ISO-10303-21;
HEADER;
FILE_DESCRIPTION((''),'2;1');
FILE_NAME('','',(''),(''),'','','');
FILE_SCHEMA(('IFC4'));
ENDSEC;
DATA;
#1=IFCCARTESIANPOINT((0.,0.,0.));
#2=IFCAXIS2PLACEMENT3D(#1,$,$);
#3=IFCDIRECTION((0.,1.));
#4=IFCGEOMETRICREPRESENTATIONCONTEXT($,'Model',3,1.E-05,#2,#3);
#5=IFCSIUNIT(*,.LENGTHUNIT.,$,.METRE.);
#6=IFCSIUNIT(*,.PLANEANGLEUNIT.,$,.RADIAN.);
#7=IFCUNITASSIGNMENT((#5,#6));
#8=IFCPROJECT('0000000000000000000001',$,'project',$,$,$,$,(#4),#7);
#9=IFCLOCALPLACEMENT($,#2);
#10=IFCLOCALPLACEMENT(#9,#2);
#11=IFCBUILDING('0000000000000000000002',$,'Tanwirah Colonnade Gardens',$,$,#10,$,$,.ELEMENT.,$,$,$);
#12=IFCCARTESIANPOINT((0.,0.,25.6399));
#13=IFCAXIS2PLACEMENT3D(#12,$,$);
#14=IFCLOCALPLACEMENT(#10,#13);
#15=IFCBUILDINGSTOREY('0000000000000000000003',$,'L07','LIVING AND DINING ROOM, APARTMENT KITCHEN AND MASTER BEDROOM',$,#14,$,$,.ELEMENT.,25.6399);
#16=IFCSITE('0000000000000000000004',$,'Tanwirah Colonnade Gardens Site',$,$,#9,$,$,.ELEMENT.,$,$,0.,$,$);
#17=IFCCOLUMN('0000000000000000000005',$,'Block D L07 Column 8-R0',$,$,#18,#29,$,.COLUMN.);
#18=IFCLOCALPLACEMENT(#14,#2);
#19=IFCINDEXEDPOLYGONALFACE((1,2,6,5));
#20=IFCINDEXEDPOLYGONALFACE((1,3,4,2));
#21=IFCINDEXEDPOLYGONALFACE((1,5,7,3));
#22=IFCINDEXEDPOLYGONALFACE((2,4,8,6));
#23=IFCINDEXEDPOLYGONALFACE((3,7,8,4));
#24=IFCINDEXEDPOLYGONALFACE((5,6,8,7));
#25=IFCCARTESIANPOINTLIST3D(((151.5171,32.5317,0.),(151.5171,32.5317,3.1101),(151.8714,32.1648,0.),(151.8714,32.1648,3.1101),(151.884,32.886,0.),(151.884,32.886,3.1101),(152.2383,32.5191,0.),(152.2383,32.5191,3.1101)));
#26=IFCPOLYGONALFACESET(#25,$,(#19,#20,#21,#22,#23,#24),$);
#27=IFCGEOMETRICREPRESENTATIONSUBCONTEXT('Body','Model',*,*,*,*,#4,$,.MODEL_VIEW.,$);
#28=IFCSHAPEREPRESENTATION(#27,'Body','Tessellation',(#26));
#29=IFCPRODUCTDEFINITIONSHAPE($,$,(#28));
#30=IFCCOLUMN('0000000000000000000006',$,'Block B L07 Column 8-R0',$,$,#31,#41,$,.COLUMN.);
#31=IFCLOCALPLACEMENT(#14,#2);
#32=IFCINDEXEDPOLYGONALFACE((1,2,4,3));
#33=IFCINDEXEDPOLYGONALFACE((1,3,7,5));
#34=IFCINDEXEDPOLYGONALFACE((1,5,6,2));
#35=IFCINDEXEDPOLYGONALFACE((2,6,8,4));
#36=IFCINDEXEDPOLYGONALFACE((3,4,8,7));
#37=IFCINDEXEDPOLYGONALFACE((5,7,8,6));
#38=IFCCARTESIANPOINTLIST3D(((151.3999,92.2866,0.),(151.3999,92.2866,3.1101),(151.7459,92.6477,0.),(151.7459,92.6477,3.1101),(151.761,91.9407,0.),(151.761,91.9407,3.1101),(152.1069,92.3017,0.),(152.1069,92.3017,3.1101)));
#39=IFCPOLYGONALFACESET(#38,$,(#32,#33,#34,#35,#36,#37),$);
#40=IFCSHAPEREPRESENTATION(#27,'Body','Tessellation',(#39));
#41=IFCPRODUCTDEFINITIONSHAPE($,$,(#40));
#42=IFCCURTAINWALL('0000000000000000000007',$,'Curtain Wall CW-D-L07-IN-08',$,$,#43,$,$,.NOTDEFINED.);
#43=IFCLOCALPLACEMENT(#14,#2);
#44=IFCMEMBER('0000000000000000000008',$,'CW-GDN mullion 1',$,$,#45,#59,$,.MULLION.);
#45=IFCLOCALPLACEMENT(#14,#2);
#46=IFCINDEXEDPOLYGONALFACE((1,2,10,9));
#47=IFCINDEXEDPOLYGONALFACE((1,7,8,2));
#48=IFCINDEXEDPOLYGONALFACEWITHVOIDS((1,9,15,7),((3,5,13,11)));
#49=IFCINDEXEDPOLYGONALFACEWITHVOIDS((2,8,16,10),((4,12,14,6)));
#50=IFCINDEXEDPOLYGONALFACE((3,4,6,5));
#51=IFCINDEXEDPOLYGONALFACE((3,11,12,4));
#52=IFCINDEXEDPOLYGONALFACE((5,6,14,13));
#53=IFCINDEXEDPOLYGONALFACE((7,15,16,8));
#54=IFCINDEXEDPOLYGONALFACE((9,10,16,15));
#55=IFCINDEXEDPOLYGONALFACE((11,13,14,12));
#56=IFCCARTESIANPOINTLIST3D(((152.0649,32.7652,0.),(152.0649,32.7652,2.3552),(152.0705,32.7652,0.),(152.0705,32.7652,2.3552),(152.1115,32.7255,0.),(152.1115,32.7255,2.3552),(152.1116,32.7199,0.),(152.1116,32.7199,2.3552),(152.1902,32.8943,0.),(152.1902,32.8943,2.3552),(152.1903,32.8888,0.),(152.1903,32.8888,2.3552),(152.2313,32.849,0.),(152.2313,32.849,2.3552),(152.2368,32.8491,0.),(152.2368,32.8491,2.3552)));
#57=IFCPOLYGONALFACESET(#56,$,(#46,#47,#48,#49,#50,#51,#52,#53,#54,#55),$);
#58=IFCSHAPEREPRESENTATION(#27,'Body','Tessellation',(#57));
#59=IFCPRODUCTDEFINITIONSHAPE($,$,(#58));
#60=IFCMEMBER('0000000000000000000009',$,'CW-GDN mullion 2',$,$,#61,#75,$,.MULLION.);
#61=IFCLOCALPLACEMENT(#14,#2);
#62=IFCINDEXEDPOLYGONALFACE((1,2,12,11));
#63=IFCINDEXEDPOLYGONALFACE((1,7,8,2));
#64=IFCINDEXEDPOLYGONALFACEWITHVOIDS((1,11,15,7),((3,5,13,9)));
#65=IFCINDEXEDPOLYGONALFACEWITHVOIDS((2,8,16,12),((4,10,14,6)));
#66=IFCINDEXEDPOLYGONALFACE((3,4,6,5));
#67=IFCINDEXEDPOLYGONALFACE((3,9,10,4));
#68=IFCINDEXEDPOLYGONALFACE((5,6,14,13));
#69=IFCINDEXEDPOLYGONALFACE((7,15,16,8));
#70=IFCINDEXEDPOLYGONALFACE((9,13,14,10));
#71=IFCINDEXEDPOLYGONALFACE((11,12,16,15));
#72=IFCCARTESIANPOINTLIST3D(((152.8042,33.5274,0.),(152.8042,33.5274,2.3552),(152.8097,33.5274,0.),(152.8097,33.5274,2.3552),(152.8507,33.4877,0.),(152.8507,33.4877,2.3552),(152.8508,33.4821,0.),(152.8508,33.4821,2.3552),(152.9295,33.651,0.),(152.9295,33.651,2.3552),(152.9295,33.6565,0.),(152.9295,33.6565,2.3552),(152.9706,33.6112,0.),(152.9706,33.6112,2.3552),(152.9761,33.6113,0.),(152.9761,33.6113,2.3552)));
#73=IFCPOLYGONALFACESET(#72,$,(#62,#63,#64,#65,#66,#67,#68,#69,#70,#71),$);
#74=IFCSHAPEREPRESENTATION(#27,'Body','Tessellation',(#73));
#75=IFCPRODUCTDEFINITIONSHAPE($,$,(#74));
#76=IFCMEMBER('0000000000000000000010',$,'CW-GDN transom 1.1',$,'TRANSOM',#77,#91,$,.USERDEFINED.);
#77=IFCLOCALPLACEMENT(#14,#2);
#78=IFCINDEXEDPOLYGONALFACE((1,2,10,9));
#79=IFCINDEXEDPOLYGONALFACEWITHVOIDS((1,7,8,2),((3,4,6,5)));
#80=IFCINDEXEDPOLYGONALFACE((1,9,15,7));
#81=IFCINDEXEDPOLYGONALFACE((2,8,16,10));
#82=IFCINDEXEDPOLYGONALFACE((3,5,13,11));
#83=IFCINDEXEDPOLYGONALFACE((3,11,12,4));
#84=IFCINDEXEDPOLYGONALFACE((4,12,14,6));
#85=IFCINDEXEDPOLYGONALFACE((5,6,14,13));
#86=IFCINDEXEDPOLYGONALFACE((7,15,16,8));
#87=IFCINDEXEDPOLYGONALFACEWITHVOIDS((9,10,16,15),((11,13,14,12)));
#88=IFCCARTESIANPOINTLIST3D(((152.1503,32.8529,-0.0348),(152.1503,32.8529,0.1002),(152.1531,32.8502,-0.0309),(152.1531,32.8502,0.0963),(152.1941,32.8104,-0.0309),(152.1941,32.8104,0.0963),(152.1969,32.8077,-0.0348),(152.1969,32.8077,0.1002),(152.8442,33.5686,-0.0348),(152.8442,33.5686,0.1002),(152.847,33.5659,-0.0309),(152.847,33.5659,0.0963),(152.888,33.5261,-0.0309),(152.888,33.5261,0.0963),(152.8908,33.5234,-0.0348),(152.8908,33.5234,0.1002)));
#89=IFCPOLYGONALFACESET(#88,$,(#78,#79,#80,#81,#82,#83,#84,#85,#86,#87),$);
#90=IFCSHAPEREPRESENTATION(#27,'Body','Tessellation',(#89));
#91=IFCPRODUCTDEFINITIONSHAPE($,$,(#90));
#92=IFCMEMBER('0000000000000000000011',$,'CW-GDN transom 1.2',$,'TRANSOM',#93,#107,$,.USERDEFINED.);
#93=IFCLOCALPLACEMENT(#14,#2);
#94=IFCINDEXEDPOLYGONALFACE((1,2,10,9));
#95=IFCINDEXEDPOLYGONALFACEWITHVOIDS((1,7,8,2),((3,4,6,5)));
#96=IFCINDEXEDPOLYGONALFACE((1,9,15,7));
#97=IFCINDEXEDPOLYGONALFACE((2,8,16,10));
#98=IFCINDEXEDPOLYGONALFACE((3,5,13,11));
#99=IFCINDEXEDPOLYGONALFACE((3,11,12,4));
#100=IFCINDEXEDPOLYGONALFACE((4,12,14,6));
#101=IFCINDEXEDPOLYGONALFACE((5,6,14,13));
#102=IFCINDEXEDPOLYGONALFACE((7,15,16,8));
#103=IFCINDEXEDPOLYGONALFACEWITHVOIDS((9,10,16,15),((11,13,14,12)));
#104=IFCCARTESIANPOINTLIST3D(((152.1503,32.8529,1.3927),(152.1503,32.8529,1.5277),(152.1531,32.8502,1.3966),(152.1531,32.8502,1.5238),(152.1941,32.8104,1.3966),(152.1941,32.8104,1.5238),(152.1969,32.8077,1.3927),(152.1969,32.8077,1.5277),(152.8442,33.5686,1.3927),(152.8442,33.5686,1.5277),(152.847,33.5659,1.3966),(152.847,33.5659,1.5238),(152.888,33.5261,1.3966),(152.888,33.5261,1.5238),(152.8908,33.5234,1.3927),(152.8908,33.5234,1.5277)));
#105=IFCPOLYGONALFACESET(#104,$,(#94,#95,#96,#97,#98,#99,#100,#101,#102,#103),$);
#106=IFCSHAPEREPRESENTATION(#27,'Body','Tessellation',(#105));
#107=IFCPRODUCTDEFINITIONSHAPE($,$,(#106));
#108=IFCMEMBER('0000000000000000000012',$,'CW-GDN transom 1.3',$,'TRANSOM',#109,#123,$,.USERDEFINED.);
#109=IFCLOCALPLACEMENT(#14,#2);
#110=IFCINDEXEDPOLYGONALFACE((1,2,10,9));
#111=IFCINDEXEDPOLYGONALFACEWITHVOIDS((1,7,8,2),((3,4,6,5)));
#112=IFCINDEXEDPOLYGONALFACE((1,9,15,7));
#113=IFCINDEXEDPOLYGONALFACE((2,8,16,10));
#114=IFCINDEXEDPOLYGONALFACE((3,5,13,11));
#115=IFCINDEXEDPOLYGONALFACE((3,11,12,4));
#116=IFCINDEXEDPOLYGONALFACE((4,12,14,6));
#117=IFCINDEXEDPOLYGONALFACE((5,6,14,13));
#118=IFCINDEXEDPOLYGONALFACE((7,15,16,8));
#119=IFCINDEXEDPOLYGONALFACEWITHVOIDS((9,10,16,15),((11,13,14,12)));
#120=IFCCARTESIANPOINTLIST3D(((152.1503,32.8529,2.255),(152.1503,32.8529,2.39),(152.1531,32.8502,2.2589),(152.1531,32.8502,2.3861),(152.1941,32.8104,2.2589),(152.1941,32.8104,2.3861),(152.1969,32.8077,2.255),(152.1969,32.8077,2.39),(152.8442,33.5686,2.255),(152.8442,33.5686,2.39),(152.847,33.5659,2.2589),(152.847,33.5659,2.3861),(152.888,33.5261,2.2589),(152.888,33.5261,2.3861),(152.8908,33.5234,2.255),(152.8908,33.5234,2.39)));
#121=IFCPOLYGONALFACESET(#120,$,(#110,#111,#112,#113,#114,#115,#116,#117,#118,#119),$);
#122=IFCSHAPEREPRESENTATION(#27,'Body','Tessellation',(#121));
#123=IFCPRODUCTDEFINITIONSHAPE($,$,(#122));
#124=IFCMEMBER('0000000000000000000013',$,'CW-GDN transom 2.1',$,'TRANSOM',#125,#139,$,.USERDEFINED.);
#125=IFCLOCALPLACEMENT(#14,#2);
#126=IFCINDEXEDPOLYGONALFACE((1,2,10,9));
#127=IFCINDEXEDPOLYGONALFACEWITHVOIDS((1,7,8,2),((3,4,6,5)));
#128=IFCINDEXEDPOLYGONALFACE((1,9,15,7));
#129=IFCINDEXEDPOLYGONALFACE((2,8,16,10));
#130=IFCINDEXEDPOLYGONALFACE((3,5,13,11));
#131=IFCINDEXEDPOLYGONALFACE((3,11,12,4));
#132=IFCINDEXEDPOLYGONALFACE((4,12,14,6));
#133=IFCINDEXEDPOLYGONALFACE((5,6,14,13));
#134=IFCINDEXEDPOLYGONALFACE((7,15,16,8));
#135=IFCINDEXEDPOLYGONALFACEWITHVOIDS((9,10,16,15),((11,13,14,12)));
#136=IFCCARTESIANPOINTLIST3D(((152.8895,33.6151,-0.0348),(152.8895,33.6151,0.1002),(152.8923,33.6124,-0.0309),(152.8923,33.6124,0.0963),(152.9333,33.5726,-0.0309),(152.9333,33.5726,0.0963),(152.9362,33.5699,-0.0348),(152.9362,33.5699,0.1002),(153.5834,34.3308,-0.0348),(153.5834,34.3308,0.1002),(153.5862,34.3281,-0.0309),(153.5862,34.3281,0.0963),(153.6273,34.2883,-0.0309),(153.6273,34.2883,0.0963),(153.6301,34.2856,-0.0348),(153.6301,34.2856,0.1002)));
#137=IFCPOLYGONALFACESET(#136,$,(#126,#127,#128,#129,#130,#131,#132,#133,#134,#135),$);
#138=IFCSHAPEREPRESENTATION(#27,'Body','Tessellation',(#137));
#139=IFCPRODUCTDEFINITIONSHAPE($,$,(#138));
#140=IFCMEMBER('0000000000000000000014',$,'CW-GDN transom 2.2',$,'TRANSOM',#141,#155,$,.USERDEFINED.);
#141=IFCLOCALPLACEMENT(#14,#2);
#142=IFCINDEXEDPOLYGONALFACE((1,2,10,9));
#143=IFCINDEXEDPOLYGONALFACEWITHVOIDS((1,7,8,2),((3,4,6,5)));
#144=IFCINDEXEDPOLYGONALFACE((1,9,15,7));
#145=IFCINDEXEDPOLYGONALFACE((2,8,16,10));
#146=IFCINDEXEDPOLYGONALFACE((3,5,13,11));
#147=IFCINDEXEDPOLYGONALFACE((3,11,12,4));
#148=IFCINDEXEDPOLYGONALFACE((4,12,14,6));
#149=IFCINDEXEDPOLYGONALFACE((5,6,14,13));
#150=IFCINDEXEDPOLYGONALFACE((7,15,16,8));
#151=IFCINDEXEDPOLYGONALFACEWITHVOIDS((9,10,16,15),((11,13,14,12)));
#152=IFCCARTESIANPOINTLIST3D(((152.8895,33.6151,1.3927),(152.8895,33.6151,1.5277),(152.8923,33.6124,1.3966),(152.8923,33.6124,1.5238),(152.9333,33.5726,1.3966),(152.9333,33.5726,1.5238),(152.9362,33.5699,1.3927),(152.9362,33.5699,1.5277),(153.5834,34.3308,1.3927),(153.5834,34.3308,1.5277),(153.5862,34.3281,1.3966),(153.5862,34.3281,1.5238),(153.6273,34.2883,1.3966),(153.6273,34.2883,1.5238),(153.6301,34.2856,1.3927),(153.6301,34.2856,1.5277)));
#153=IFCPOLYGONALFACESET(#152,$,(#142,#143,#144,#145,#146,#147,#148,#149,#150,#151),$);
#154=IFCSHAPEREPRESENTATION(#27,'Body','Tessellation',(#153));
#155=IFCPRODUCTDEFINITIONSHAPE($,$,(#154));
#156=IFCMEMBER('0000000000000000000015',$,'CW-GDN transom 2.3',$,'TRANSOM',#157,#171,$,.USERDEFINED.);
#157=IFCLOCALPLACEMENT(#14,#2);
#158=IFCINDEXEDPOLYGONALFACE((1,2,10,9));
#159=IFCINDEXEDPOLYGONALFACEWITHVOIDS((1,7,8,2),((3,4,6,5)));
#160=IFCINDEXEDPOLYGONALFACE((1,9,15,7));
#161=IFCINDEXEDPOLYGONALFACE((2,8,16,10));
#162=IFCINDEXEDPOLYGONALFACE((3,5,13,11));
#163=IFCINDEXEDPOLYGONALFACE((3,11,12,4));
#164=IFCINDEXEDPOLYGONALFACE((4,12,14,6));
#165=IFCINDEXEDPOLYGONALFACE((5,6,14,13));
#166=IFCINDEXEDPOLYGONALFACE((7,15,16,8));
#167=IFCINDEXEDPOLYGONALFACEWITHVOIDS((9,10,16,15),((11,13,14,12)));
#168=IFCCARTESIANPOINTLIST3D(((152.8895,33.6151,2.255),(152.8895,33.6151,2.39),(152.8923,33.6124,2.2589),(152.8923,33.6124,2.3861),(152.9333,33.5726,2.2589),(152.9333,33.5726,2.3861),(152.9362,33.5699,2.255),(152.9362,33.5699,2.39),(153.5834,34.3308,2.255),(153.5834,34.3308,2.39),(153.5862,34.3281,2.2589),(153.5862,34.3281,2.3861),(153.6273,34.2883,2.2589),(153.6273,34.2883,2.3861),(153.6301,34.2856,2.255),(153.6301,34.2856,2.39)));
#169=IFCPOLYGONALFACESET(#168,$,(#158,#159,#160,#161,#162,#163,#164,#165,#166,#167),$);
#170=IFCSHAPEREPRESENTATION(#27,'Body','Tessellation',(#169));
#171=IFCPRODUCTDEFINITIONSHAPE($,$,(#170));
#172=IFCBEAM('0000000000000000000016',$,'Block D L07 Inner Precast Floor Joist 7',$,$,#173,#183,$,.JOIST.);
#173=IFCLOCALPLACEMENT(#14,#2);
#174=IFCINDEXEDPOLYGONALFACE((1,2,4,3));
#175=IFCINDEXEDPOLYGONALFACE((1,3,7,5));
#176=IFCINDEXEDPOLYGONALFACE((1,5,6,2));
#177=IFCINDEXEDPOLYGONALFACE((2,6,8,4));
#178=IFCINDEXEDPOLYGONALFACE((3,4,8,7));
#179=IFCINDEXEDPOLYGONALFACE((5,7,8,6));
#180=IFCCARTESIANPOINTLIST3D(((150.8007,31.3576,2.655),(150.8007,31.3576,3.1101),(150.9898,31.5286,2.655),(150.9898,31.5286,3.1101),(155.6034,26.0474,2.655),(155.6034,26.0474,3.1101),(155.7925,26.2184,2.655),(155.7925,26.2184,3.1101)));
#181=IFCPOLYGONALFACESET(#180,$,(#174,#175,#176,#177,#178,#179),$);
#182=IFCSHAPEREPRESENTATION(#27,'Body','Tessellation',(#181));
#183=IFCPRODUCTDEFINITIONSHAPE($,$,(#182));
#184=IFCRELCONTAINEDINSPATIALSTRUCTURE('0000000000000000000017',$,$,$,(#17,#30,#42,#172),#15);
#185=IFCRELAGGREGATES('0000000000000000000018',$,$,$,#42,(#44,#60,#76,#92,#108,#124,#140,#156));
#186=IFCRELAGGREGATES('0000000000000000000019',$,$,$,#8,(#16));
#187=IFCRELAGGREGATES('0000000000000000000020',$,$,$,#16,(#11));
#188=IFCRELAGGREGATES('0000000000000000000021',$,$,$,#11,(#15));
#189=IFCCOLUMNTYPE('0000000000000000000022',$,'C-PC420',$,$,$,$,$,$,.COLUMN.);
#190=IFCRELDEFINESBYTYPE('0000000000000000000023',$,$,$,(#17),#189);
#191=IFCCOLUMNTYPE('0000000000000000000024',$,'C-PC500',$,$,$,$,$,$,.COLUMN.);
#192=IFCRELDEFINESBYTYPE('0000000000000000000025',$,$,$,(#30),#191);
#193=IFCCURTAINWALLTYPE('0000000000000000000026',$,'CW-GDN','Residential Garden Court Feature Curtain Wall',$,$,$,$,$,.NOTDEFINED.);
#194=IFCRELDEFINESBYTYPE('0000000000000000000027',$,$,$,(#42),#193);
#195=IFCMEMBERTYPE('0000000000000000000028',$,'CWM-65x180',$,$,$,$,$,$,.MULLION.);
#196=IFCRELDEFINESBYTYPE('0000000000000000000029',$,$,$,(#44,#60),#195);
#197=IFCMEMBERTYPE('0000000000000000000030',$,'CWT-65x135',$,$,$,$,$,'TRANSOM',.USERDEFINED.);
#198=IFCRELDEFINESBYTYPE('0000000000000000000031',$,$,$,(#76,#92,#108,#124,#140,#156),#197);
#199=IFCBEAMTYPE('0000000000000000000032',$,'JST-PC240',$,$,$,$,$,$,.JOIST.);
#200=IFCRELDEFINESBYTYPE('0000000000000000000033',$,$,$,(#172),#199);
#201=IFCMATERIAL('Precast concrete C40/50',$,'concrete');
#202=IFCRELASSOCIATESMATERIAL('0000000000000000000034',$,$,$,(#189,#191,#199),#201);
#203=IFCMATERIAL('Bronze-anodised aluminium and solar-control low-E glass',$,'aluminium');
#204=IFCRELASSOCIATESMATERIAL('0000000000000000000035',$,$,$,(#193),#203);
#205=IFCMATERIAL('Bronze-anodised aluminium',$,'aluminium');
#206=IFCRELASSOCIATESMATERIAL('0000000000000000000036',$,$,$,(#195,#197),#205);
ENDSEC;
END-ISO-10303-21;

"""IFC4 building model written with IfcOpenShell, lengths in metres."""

from ifc_helpers import new_model, si_unit, direction, frame, origin, origin_2d, place, context, subcontext, project, spatial, rectangle, hollow_rectangle, extrude, material, material_profile, profile_set, type_object, element, aggregate, save


model = new_model("IFC4")

# Units and contexts
model_context = context("Model", 3, precision=1e-05, world=origin(), true_north=direction((0.0, 1.0)))
body_context = subcontext(model_context, "Body", "Model", "MODEL_VIEW")
ifc_project = project(units=[si_unit("LENGTHUNIT", "METRE"), si_unit("PLANEANGLEUNIT", "RADIAN")], contexts=[model_context])

# Site, building, storey
site_placement = place(None, origin())
site = spatial("IfcSite", under=ifc_project, at=site_placement, Name="Tanwirah Colonnade Gardens Site", CompositionType="ELEMENT", RefElevation=0.0)
building_placement = place(site_placement, origin())
building = spatial("IfcBuilding", under=site, at=building_placement, Name="Tanwirah Colonnade Gardens", CompositionType="ELEMENT")
storey_placement = place(building_placement, frame((0.0, 0.0, 25.6399)))
storey = spatial("IfcBuildingStorey", under=building, at=storey_placement, Name="L07", Description="LIVING AND DINING ROOM, APARTMENT KITCHEN AND MASTER BEDROOM", CompositionType="ELEMENT", Elevation=25.6399)

# Columns
ifc_material_1 = material(Name="Precast concrete C40/50", Category="concrete")
ifc_material_profile_1 = material_profile(ifc_material_1, rectangle(XDim=0.51, YDim=0.51, at=origin_2d()), Name="PC-COL 510x510")
ifc_profile_set_1 = profile_set([ifc_material_profile_1], Name="Precast concrete C40/50")
column_type_1 = type_object("IfcColumnType", Name="C-PC420", PredefinedType="COLUMN", material=ifc_profile_set_1)
column_1_placement = place(storey_placement, frame((151.8777, 32.5254, 0.0), z_axis=(0.0, 0.0, 1.0), x_axis=(0.694658, -0.71934, 0.0)))
element("IfcColumn", 1, at=column_1_placement, inside=storey, type_object=column_type_1, Name="Block D L07 Column 8-R0", PredefinedType="COLUMN", context=body_context, shape_type="SweptSolid", body=[
    extrude(rectangle(XDim=0.51, YDim=0.51, at=origin_2d()), origin(), (0.0, 0.0, 1.0), 3.1101),
])
ifc_material_profile_2 = material_profile(ifc_material_1, rectangle(XDim=0.5, YDim=0.5, at=origin_2d()), Name="PC-COL 500x500")
ifc_profile_set_2 = profile_set([ifc_material_profile_2], Name="Precast concrete C40/50")
column_type_2 = type_object("IfcColumnType", Name="C-PC500", PredefinedType="COLUMN", material=ifc_profile_set_2)
column_2_placement = place(storey_placement, frame((151.7534, 92.2942, 0.0), z_axis=(0.0, 0.0, 1.0), x_axis=(0.691863, 0.722029, 0.0)))
element("IfcColumn", 2, at=column_2_placement, inside=storey, type_object=column_type_2, Name="Block B L07 Column 8-R0", PredefinedType="COLUMN", context=body_context, shape_type="SweptSolid", body=[
    extrude(rectangle(XDim=0.5, YDim=0.5, at=origin_2d()), origin(), (0.0, 0.0, 1.0), 3.1101),
])

# Curtain wall, members
ifc_material_2 = material(Name="Bronze-anodised aluminium and solar-control low-E glass", Category="aluminium")
curtain_wall_type = type_object("IfcCurtainWallType", Name="CW-GDN", Description="Residential Garden Court Feature Curtain Wall", PredefinedType="NOTDEFINED", material=ifc_material_2)
curtain_wall_placement = place(storey_placement, origin())
curtain_wall = element("IfcCurtainWall", 3, at=curtain_wall_placement, inside=storey, type_object=curtain_wall_type, Name="Curtain Wall CW-D-L07-IN-08", PredefinedType="NOTDEFINED")
ifc_material_3 = material(Name="Bronze-anodised aluminium", Category="aluminium")
ifc_material_profile_3 = material_profile(ifc_material_3, hollow_rectangle(XDim=0.0649, YDim=0.1799, WallThickness=0.0039, at=origin_2d()), Name="CW-MUL 65x180x4")
ifc_profile_set_3 = profile_set([ifc_material_profile_3], Name="Bronze-anodised aluminium")
member_type_1 = type_object("IfcMemberType", Name="CWM-65x180", PredefinedType="MULLION", material=ifc_profile_set_3)
member_1_placement = place(storey_placement, frame((152.1509, 32.8071, 0.0), z_axis=(0.0, 0.0, 1.0), x_axis=(-0.717825, 0.696223, 0.0)))
member_1 = element("IfcMember", 4, at=member_1_placement, type_object=member_type_1, Name="CW-GDN mullion 1", PredefinedType="MULLION", context=body_context, shape_type="SweptSolid", body=[
    extrude(hollow_rectangle(XDim=0.0649, YDim=0.1799, WallThickness=0.0039, at=origin_2d()), origin(), (0.0, 0.0, 1.0), 2.3552),
])
member_2_placement = place(storey_placement, frame((152.8901, 33.5693, 0.0), z_axis=(0.0, 0.0, 1.0), x_axis=(-0.717825, 0.696223, 0.0)))
member_2 = element("IfcMember", 5, at=member_2_placement, type_object=member_type_1, Name="CW-GDN mullion 2", PredefinedType="MULLION", context=body_context, shape_type="SweptSolid", body=[
    extrude(hollow_rectangle(XDim=0.0649, YDim=0.1799, WallThickness=0.0039, at=origin_2d()), origin(), (0.0, 0.0, 1.0), 2.3552),
])
ifc_material_profile_4 = material_profile(ifc_material_3, hollow_rectangle(XDim=0.0649, YDim=0.135, WallThickness=0.0039, at=origin_2d()), Name="CW-TRN 65x135x4")
ifc_profile_set_4 = profile_set([ifc_material_profile_4], Name="Bronze-anodised aluminium")
member_type_2 = type_object("IfcMemberType", Name="CWT-65x135", ElementType="TRANSOM", PredefinedType="USERDEFINED", material=ifc_profile_set_4)
member_3_placement = place(storey_placement, frame((152.1736, 32.8303, 0.0327), z_axis=(0.696123, 0.717923, 0.0), x_axis=(-0.717923, 0.696123, 0.0)))
member_3 = element("IfcMember", 6, at=member_3_placement, type_object=member_type_2, Name="CW-GDN transom 1.1", ObjectType="TRANSOM", PredefinedType="USERDEFINED", context=body_context, shape_type="SweptSolid", body=[
    extrude(hollow_rectangle(XDim=0.0649, YDim=0.135, WallThickness=0.0039, at=origin_2d()), origin(), (0.0, 0.0, 1.0), 0.9968),
])
member_4_placement = place(storey_placement, frame((152.1736, 32.8303, 1.4602), z_axis=(0.696123, 0.717923, 0.0), x_axis=(-0.717923, 0.696123, 0.0)))
member_4 = element("IfcMember", 7, at=member_4_placement, type_object=member_type_2, Name="CW-GDN transom 1.2", ObjectType="TRANSOM", PredefinedType="USERDEFINED", context=body_context, shape_type="SweptSolid", body=[
    extrude(hollow_rectangle(XDim=0.0649, YDim=0.135, WallThickness=0.0039, at=origin_2d()), origin(), (0.0, 0.0, 1.0), 0.9968),
])
member_5_placement = place(storey_placement, frame((152.1736, 32.8303, 2.3225), z_axis=(0.696123, 0.717923, 0.0), x_axis=(-0.717923, 0.696123, 0.0)))
member_5 = element("IfcMember", 8, at=member_5_placement, type_object=member_type_2, Name="CW-GDN transom 1.3", ObjectType="TRANSOM", PredefinedType="USERDEFINED", context=body_context, shape_type="SweptSolid", body=[
    extrude(hollow_rectangle(XDim=0.0649, YDim=0.135, WallThickness=0.0039, at=origin_2d()), origin(), (0.0, 0.0, 1.0), 0.9968),
])
member_6_placement = place(storey_placement, frame((152.9128, 33.5925, 0.0327), z_axis=(0.696123, 0.717923, 0.0), x_axis=(-0.717923, 0.696123, 0.0)))
member_6 = element("IfcMember", 9, at=member_6_placement, type_object=member_type_2, Name="CW-GDN transom 2.1", ObjectType="TRANSOM", PredefinedType="USERDEFINED", context=body_context, shape_type="SweptSolid", body=[
    extrude(hollow_rectangle(XDim=0.0649, YDim=0.135, WallThickness=0.0039, at=origin_2d()), origin(), (0.0, 0.0, 1.0), 0.9968),
])
member_7_placement = place(storey_placement, frame((152.9128, 33.5925, 1.4602), z_axis=(0.696123, 0.717923, 0.0), x_axis=(-0.717923, 0.696123, 0.0)))
member_7 = element("IfcMember", 10, at=member_7_placement, type_object=member_type_2, Name="CW-GDN transom 2.2", ObjectType="TRANSOM", PredefinedType="USERDEFINED", context=body_context, shape_type="SweptSolid", body=[
    extrude(hollow_rectangle(XDim=0.0649, YDim=0.135, WallThickness=0.0039, at=origin_2d()), origin(), (0.0, 0.0, 1.0), 0.9968),
])
member_8_placement = place(storey_placement, frame((152.9128, 33.5925, 2.3225), z_axis=(0.696123, 0.717923, 0.0), x_axis=(-0.717923, 0.696123, 0.0)))
member_8 = element("IfcMember", 11, at=member_8_placement, type_object=member_type_2, Name="CW-GDN transom 2.3", ObjectType="TRANSOM", PredefinedType="USERDEFINED", context=body_context, shape_type="SweptSolid", body=[
    extrude(hollow_rectangle(XDim=0.0649, YDim=0.135, WallThickness=0.0039, at=origin_2d()), origin(), (0.0, 0.0, 1.0), 0.9968),
])

# Beam
ifc_material_profile_5 = material_profile(ifc_material_1, rectangle(XDim=0.2549, YDim=0.4551, at=origin_2d()), Name="PC-JST 255x455")
ifc_profile_set_5 = profile_set([ifc_material_profile_5], Name="Precast concrete C40/50")
beam_type_1 = type_object("IfcBeamType", Name="JST-PC240", PredefinedType="JOIST", material=ifc_profile_set_5)
beam_1_placement = place(storey_placement, frame((150.8953, 31.4431, 2.8826), z_axis=(0.670773, -0.741663, 0.0), x_axis=(0.741663, 0.670773, 0.0)))
element("IfcBeam", 12, at=beam_1_placement, inside=storey, type_object=beam_type_1, Name="Block D L07 Inner Precast Floor Joist 7", PredefinedType="JOIST", context=body_context, shape_type="SweptSolid", body=[
    extrude(rectangle(XDim=0.2549, YDim=0.4551, at=origin_2d()), origin(), (0.0, 0.0, 1.0), 7.1599),
])

aggregate(curtain_wall, [member_1, member_2, member_3, member_4, member_5, member_6, member_7, member_8])

save(model, "model.ifc")
